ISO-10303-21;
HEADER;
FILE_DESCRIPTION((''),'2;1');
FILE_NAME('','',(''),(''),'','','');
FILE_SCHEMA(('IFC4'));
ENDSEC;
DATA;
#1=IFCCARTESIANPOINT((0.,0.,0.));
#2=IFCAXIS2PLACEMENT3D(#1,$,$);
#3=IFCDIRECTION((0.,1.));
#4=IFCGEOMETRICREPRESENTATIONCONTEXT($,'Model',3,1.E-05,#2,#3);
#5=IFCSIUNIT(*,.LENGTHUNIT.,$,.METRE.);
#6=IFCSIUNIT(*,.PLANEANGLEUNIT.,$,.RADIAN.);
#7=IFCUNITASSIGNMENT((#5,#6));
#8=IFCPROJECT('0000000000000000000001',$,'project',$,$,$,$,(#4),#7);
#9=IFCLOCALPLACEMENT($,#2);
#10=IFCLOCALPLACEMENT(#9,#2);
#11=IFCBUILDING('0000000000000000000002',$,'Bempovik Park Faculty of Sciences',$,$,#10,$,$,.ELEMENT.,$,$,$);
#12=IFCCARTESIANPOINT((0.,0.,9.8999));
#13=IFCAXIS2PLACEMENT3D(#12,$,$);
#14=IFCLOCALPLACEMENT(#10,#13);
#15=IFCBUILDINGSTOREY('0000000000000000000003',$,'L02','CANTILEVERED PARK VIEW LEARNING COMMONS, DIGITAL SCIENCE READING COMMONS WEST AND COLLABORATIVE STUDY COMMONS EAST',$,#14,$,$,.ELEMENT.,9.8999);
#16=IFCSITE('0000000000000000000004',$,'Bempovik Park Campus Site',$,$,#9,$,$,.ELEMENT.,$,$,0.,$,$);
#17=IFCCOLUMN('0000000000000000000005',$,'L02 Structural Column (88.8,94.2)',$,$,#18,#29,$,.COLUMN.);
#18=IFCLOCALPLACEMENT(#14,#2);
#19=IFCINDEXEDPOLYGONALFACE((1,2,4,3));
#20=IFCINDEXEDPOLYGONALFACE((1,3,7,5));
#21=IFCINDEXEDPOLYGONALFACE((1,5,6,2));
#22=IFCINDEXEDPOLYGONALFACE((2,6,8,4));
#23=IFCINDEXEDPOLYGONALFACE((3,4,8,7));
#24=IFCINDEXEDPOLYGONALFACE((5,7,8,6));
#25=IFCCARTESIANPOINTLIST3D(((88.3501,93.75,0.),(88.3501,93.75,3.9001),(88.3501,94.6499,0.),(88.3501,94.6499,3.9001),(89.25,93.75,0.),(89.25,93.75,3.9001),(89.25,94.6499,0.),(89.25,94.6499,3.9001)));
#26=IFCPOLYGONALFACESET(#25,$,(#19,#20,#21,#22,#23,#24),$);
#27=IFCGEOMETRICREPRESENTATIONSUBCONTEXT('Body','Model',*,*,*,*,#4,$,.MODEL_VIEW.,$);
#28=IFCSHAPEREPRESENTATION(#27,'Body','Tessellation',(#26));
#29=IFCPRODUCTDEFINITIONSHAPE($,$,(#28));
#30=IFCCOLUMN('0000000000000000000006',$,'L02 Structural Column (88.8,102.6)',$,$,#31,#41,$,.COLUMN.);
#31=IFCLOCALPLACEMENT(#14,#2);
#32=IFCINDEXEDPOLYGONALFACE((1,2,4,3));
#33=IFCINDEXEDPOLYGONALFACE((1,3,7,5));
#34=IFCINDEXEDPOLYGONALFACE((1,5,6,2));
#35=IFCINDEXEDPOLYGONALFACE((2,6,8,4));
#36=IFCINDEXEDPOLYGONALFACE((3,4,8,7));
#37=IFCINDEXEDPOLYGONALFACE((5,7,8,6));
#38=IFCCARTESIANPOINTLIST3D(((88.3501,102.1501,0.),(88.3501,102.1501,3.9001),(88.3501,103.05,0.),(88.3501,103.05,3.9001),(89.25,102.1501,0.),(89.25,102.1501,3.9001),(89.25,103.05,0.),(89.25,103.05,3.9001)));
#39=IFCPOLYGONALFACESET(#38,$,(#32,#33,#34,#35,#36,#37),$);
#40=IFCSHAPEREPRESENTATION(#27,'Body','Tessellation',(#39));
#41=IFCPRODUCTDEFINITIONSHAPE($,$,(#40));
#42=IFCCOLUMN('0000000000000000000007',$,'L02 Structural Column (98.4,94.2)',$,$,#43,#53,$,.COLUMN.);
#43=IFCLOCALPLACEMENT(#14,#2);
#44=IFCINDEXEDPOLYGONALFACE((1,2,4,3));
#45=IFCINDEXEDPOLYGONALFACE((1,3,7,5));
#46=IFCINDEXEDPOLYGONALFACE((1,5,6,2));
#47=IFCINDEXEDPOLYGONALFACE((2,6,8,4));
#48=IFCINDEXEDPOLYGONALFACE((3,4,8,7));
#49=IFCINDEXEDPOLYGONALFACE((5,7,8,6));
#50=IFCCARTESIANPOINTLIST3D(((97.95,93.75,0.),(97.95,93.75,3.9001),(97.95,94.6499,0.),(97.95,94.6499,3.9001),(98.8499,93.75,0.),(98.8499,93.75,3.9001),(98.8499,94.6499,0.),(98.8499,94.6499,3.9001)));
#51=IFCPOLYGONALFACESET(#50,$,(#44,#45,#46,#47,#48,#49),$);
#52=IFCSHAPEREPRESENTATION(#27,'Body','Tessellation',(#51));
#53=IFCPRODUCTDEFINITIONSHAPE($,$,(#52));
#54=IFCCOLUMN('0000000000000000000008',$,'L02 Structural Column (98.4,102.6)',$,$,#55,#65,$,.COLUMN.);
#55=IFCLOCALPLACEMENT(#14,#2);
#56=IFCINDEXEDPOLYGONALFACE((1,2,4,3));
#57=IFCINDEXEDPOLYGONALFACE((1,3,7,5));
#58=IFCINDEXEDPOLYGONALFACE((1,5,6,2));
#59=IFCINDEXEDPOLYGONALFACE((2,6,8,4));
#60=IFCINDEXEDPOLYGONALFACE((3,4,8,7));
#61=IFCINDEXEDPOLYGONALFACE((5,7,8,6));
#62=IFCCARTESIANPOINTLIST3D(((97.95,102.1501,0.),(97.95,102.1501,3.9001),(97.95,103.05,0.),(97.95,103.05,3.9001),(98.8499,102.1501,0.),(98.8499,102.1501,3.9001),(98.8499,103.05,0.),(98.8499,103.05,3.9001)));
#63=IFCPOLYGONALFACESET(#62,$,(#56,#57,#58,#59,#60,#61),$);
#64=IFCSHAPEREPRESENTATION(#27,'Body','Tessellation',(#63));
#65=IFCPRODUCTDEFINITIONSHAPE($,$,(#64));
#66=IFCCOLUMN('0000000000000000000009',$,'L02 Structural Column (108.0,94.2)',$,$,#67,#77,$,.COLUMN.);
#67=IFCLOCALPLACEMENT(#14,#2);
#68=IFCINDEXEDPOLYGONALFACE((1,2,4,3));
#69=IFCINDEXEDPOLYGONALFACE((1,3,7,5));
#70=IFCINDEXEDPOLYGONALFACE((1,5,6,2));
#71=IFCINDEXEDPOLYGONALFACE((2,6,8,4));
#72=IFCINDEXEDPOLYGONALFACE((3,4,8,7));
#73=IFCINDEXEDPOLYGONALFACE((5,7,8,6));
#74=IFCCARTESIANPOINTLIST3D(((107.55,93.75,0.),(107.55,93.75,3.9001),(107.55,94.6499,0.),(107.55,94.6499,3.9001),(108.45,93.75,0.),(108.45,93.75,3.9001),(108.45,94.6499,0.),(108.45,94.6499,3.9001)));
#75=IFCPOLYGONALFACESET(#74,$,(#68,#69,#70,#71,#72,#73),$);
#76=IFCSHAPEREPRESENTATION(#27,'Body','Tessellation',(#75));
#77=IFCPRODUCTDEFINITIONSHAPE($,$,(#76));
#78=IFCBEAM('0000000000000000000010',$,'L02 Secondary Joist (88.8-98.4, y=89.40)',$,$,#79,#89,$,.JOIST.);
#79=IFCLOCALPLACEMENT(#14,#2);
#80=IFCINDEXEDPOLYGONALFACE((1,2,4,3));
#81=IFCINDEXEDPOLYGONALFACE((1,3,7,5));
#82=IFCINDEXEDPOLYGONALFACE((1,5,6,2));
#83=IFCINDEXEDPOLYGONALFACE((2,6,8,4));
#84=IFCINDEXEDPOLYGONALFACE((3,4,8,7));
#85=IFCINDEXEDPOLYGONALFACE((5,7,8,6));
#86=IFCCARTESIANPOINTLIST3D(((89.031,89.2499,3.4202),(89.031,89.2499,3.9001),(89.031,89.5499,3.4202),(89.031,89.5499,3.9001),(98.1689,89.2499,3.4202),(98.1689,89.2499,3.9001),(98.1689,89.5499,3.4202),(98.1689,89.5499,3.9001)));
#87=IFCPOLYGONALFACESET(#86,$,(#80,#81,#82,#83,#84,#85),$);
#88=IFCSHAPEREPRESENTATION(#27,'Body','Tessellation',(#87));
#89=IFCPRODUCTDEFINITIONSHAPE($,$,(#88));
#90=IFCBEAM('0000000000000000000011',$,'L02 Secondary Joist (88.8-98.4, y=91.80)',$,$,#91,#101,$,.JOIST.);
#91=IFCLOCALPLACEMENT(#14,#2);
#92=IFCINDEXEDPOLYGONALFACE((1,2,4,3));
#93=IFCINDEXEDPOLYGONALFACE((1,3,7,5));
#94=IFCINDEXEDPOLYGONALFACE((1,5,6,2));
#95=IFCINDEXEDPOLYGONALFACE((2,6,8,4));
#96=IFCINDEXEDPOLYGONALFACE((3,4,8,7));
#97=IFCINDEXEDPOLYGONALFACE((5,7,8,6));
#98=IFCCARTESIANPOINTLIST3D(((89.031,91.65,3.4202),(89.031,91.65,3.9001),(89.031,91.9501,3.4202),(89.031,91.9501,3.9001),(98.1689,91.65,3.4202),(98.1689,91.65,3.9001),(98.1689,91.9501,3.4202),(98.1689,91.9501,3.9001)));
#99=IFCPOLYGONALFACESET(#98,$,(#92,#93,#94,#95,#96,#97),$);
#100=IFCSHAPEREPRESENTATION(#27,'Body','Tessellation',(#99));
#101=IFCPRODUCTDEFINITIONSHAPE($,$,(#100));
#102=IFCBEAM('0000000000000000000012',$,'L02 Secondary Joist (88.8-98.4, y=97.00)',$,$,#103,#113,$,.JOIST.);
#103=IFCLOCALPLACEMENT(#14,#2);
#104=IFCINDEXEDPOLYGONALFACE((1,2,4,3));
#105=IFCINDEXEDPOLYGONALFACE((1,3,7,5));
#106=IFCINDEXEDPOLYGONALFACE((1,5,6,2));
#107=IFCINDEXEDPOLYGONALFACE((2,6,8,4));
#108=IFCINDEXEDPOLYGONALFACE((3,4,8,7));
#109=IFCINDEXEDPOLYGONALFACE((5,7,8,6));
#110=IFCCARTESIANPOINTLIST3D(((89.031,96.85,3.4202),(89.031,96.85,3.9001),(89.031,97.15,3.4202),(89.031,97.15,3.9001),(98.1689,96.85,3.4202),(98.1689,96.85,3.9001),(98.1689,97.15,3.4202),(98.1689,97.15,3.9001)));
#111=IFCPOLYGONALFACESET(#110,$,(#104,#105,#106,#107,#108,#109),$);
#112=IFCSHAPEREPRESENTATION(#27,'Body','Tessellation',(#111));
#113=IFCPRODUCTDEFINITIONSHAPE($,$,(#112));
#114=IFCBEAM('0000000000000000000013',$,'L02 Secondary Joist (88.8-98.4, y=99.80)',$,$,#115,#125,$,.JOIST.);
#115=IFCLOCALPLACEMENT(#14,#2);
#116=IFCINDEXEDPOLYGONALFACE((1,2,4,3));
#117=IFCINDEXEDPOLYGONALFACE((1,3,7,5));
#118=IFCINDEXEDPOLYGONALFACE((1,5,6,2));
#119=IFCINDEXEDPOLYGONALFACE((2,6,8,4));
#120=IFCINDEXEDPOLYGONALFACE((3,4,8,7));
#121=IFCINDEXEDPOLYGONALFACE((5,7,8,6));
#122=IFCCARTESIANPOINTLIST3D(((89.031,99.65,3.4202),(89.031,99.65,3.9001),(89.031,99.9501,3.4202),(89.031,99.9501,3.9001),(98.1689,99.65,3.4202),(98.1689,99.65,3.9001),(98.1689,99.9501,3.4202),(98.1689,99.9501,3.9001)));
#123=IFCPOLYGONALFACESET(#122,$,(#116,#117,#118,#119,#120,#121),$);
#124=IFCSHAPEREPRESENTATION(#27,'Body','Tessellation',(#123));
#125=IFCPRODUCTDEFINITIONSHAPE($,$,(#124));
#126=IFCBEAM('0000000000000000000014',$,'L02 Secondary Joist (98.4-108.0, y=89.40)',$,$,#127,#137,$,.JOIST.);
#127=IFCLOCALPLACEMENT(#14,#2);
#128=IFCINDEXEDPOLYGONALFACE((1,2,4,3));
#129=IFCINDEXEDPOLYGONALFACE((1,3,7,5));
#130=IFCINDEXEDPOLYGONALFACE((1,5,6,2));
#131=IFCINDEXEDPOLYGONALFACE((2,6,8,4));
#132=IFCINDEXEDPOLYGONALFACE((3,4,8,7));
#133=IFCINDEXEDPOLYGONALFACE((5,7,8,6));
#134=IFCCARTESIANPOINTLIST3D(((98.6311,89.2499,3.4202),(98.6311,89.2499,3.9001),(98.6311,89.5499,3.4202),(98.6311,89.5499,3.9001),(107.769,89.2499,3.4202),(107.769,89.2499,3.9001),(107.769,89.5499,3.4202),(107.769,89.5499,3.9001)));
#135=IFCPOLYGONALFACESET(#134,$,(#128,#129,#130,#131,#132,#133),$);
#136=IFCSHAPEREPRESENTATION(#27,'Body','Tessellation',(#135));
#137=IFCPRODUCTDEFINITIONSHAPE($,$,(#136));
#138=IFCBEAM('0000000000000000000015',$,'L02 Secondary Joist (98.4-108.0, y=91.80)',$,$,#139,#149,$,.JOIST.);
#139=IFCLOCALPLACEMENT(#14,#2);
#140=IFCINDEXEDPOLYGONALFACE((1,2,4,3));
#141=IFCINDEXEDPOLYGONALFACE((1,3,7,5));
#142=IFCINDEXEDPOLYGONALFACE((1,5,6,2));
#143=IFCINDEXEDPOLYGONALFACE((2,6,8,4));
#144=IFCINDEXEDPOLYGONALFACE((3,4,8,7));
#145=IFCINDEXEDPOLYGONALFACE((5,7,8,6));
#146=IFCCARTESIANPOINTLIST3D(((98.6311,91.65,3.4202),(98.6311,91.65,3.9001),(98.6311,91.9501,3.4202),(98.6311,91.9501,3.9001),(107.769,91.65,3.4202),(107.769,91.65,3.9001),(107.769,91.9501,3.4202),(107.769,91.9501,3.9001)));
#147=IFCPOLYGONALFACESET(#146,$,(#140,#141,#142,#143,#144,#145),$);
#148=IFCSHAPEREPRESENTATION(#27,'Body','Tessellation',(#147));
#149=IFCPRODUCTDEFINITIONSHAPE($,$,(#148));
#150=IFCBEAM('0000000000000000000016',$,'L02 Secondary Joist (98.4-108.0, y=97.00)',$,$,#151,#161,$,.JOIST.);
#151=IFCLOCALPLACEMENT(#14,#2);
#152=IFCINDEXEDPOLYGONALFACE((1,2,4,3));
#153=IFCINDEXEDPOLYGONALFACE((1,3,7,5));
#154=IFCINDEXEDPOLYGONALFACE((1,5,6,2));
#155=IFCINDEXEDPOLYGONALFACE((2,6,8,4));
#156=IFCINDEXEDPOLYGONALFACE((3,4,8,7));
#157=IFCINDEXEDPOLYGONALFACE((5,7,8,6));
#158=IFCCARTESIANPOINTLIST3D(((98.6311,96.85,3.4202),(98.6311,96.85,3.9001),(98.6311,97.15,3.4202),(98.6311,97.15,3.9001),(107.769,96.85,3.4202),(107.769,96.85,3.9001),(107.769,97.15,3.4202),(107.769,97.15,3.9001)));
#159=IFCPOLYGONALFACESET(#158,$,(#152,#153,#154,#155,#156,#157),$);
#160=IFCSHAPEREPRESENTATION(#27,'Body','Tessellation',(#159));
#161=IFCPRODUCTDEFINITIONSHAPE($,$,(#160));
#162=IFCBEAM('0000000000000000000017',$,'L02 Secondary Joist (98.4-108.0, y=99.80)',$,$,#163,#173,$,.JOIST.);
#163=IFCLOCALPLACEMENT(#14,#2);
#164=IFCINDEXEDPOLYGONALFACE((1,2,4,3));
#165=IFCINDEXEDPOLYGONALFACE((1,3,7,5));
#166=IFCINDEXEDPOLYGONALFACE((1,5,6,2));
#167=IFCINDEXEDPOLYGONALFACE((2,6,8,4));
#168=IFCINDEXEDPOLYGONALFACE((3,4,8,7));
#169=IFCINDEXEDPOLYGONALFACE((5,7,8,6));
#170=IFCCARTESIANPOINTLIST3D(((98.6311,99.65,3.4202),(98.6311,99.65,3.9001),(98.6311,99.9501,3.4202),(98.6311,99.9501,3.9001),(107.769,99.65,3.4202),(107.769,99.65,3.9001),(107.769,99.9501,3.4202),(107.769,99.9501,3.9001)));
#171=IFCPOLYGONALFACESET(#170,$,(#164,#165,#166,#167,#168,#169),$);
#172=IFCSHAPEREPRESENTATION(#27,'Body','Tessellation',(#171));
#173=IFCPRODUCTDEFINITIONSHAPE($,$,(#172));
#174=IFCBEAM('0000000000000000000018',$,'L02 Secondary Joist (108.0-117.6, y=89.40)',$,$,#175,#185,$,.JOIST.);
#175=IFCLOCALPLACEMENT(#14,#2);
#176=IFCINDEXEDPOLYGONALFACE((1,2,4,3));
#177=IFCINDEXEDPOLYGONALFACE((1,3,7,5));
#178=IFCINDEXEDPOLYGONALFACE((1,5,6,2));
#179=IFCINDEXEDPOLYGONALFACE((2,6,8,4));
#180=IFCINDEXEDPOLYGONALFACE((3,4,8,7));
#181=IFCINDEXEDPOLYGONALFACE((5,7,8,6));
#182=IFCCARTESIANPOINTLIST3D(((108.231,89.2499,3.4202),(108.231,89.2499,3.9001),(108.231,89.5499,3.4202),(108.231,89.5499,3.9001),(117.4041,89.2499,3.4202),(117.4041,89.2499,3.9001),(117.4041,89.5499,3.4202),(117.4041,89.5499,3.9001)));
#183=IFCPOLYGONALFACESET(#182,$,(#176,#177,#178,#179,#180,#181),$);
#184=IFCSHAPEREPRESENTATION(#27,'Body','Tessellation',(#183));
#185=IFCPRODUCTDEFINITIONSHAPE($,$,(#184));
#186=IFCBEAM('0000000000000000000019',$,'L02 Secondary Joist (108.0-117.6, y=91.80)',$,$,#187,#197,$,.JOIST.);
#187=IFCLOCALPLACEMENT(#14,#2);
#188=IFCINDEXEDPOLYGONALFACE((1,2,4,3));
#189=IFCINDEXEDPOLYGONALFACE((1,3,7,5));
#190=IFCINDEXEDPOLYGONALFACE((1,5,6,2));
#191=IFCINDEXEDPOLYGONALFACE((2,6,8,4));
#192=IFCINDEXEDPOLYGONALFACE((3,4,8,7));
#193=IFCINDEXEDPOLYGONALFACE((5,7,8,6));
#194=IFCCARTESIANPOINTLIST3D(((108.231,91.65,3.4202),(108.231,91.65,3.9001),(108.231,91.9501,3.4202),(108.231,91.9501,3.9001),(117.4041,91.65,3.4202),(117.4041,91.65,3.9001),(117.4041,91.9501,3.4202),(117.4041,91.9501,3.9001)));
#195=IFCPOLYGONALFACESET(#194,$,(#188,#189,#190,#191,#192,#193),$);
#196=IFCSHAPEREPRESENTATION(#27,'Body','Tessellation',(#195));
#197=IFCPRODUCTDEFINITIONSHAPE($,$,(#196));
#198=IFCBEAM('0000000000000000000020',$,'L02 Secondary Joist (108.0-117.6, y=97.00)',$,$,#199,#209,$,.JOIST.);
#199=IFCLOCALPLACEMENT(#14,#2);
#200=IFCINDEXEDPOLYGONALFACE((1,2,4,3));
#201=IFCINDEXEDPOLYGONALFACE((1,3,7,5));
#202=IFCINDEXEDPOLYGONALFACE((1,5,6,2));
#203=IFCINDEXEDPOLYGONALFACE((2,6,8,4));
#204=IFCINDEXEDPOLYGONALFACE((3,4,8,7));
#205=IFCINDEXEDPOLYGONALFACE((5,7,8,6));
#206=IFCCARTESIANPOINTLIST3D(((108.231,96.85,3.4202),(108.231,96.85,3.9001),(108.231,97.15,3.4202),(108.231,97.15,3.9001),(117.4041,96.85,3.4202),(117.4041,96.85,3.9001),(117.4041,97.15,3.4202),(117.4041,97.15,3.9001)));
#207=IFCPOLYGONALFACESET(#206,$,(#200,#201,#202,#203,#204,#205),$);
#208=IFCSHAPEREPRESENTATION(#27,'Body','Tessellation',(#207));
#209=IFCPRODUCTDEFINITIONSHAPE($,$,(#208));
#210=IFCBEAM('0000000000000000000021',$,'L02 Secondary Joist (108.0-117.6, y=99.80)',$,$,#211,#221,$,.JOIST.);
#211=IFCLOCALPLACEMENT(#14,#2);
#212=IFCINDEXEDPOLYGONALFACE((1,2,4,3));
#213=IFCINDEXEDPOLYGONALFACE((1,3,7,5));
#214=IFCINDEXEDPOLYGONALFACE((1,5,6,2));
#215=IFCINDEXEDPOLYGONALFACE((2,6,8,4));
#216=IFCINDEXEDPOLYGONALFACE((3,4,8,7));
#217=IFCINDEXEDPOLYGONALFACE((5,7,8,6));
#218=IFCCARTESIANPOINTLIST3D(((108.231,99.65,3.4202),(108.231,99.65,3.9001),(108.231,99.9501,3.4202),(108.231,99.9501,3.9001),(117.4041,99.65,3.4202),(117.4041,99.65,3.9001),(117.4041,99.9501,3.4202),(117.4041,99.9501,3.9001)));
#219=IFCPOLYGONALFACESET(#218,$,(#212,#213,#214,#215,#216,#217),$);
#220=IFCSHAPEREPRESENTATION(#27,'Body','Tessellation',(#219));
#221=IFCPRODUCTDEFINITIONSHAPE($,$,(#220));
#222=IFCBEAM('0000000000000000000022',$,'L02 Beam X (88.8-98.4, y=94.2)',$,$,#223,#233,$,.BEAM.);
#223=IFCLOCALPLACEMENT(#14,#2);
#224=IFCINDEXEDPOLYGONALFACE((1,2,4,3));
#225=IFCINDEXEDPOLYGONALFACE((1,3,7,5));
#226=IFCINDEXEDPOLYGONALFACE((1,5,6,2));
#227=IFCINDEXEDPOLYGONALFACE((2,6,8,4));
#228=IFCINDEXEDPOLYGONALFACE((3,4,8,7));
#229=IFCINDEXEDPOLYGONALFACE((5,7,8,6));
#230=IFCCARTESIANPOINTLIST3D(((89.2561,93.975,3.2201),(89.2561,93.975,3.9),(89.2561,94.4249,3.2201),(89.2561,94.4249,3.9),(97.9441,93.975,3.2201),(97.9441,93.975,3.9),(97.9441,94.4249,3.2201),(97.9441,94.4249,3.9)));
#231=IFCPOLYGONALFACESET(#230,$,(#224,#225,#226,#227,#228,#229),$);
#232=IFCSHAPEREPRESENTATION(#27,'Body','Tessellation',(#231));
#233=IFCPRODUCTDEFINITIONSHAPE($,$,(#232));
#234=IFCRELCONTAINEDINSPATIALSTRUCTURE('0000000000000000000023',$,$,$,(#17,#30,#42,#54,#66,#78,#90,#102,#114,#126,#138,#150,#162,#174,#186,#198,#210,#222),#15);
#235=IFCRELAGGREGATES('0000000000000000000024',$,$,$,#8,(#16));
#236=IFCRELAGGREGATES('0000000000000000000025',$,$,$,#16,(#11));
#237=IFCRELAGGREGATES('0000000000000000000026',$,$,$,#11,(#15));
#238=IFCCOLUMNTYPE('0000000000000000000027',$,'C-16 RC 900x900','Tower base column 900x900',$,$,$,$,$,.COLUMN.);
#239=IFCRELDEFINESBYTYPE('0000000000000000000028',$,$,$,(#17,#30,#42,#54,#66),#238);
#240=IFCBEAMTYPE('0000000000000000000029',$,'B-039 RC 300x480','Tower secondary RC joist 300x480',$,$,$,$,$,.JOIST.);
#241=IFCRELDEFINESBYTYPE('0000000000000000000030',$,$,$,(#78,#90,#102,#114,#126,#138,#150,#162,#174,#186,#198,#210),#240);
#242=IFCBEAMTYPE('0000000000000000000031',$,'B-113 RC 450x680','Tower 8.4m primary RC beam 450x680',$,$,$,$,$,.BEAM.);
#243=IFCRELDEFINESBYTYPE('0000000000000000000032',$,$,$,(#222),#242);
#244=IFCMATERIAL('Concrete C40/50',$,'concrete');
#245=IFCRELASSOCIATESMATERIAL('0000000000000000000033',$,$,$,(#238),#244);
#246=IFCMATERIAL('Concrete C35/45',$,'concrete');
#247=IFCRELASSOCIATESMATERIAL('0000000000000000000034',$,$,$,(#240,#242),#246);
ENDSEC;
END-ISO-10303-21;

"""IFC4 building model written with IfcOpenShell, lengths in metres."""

from ifc_helpers import new_model, si_unit, direction, frame, origin, origin_2d, place, context, subcontext, project, spatial, rectangle, extrude, material, material_profile, profile_set, type_object, element, save


model = new_model("IFC4")

# Units and contexts
model_context = context("Model", 3, precision=1e-05, world=origin(), true_north=direction((0.0, 1.0)))
body_context = subcontext(model_context, "Body", "Model", "MODEL_VIEW")
ifc_project = project(units=[si_unit("LENGTHUNIT", "METRE"), si_unit("PLANEANGLEUNIT", "RADIAN")], contexts=[model_context])

# Site, building, storey
site_placement = place(None, origin())
site = spatial("IfcSite", under=ifc_project, at=site_placement, Name="Bempovik Park Campus Site", CompositionType="ELEMENT", RefElevation=0.0)
building_placement = place(site_placement, origin())
building = spatial("IfcBuilding", under=site, at=building_placement, Name="Bempovik Park Faculty of Sciences", CompositionType="ELEMENT")
storey_placement = place(building_placement, frame((0.0, 0.0, 9.8999)))
storey = spatial("IfcBuildingStorey", under=building, at=storey_placement, Name="L02", Description="CANTILEVERED PARK VIEW LEARNING COMMONS, DIGITAL SCIENCE READING COMMONS WEST AND COLLABORATIVE STUDY COMMONS EAST", CompositionType="ELEMENT", Elevation=9.8999)

# Columns
ifc_material_1 = material(Name="Concrete C40/50", Category="concrete")
ifc_material_profile_1 = material_profile(ifc_material_1, rectangle(XDim=0.8999, YDim=0.8999, at=origin_2d()), Name="RC 900x900")
ifc_profile_set_1 = profile_set([ifc_material_profile_1], Name="Concrete C40/50")
column_type = type_object("IfcColumnType", Name="C-16 RC 900x900", Description="Tower base column 900x900", PredefinedType="COLUMN", material=ifc_profile_set_1)
for number, where, z_axis, x_axis, name in (
    (1, (88.8, 94.2, 0.0), (0.0, 0.0, 1.0), (1.0, 0.0, 0.0), "L02 Structural Column (88.8,94.2)"),
    (2, (88.8, 102.6001, 0.0), (0.0, 0.0, 1.0), (1.0, 0.0, 0.0), "L02 Structural Column (88.8,102.6)"),
    (3, (98.3999, 94.2, 0.0), (0.0, 0.0, 1.0), (1.0, 0.0, 0.0), "L02 Structural Column (98.4,94.2)"),
    (4, (98.3999, 102.6001, 0.0), (0.0, 0.0, 1.0), (1.0, 0.0, 0.0), "L02 Structural Column (98.4,102.6)"),
    (5, (108.0, 94.2, 0.0), (0.0, 0.0, 1.0), (1.0, 0.0, 0.0), "L02 Structural Column (108.0,94.2)"),
):
    element("IfcColumn", number, at=place(storey_placement, frame(where, z_axis=z_axis, x_axis=x_axis)), inside=storey, type_object=column_type, Name=name, PredefinedType="COLUMN", context=body_context, shape_type="SweptSolid", body=[
        extrude(rectangle(XDim=0.8999, YDim=0.8999, at=origin_2d()), origin(), (0.0, 0.0, 1.0), 3.9001),
    ])

# Beams
ifc_material_2 = material(Name="Concrete C35/45", Category="concrete")
ifc_material_profile_2 = material_profile(ifc_material_2, rectangle(XDim=0.3, YDim=0.48, at=origin_2d()), Name="RC 300x480")
ifc_profile_set_2 = profile_set([ifc_material_profile_2], Name="Concrete C35/45")
beam_type_1 = type_object("IfcBeamType", Name="B-039 RC 300x480", Description="Tower secondary RC joist 300x480", PredefinedType="JOIST", material=ifc_profile_set_2)
for number, where, z_axis, x_axis, name in (
    (6, (89.031, 89.3999, 3.6602), (1.0, 0.0, 0.0), (0.0, 1.0, 0.0), "L02 Secondary Joist (88.8-98.4, y=89.40)"),
    (7, (89.031, 91.8, 3.6602), (1.0, 0.0, 0.0), (0.0, 1.0, 0.0), "L02 Secondary Joist (88.8-98.4, y=91.80)"),
    (8, (89.031, 97.0, 3.6602), (1.0, 0.0, 0.0), (0.0, 1.0, 0.0), "L02 Secondary Joist (88.8-98.4, y=97.00)"),
    (9, (89.031, 99.8, 3.6602), (1.0, 0.0, 0.0), (0.0, 1.0, 0.0), "L02 Secondary Joist (88.8-98.4, y=99.80)"),
    (10, (98.6311, 89.3999, 3.6602), (1.0, 0.0, 0.0), (0.0, 1.0, 0.0), "L02 Secondary Joist (98.4-108.0, y=89.40)"),
    (11, (98.6311, 91.8, 3.6602), (1.0, 0.0, 0.0), (0.0, 1.0, 0.0), "L02 Secondary Joist (98.4-108.0, y=91.80)"),
    (12, (98.6311, 97.0, 3.6602), (1.0, 0.0, 0.0), (0.0, 1.0, 0.0), "L02 Secondary Joist (98.4-108.0, y=97.00)"),
    (13, (98.6311, 99.8, 3.6602), (1.0, 0.0, 0.0), (0.0, 1.0, 0.0), "L02 Secondary Joist (98.4-108.0, y=99.80)"),
):
    element("IfcBeam", number, at=place(storey_placement, frame(where, z_axis=z_axis, x_axis=x_axis)), inside=storey, type_object=beam_type_1, Name=name, PredefinedType="JOIST", context=body_context, shape_type="SweptSolid", body=[
        extrude(rectangle(XDim=0.3, YDim=0.48, at=origin_2d()), origin(), (0.0, 0.0, 1.0), 9.1379),
    ])
for number, where, z_axis, x_axis, name in (
    (14, (108.231, 89.3999, 3.6602), (1.0, 0.0, 0.0), (0.0, 1.0, 0.0), "L02 Secondary Joist (108.0-117.6, y=89.40)"),
    (15, (108.231, 91.8, 3.6602), (1.0, 0.0, 0.0), (0.0, 1.0, 0.0), "L02 Secondary Joist (108.0-117.6, y=91.80)"),
    (16, (108.231, 97.0, 3.6602), (1.0, 0.0, 0.0), (0.0, 1.0, 0.0), "L02 Secondary Joist (108.0-117.6, y=97.00)"),
    (17, (108.231, 99.8, 3.6602), (1.0, 0.0, 0.0), (0.0, 1.0, 0.0), "L02 Secondary Joist (108.0-117.6, y=99.80)"),
):
    element("IfcBeam", number, at=place(storey_placement, frame(where, z_axis=z_axis, x_axis=x_axis)), inside=storey, type_object=beam_type_1, Name=name, PredefinedType="JOIST", context=body_context, shape_type="SweptSolid", body=[
        extrude(rectangle(XDim=0.3, YDim=0.48, at=origin_2d()), origin(), (0.0, 0.0, 1.0), 9.1731),
    ])
ifc_material_profile_3 = material_profile(ifc_material_2, rectangle(XDim=0.45, YDim=0.6799, at=origin_2d()), Name="RC 450x680")
ifc_profile_set_3 = profile_set([ifc_material_profile_3], Name="Concrete C35/45")
beam_type_2 = type_object("IfcBeamType", Name="B-113 RC 450x680", Description="Tower 8.4m primary RC beam 450x680", PredefinedType="BEAM", material=ifc_profile_set_3)
for number, where, z_axis, x_axis, name in (
    (18, (89.2561, 94.2, 3.5601), (1.0, 0.0, 0.0), (0.0, 1.0, 0.0), "L02 Beam X (88.8-98.4, y=94.2)"),
):
    element("IfcBeam", number, at=place(storey_placement, frame(where, z_axis=z_axis, x_axis=x_axis)), inside=storey, type_object=beam_type_2, Name=name, PredefinedType="BEAM", context=body_context, shape_type="SweptSolid", body=[
        extrude(rectangle(XDim=0.45, YDim=0.6799, at=origin_2d()), origin(), (0.0, 0.0, 1.0), 8.688),
    ])

save(model, "model.ifc")
